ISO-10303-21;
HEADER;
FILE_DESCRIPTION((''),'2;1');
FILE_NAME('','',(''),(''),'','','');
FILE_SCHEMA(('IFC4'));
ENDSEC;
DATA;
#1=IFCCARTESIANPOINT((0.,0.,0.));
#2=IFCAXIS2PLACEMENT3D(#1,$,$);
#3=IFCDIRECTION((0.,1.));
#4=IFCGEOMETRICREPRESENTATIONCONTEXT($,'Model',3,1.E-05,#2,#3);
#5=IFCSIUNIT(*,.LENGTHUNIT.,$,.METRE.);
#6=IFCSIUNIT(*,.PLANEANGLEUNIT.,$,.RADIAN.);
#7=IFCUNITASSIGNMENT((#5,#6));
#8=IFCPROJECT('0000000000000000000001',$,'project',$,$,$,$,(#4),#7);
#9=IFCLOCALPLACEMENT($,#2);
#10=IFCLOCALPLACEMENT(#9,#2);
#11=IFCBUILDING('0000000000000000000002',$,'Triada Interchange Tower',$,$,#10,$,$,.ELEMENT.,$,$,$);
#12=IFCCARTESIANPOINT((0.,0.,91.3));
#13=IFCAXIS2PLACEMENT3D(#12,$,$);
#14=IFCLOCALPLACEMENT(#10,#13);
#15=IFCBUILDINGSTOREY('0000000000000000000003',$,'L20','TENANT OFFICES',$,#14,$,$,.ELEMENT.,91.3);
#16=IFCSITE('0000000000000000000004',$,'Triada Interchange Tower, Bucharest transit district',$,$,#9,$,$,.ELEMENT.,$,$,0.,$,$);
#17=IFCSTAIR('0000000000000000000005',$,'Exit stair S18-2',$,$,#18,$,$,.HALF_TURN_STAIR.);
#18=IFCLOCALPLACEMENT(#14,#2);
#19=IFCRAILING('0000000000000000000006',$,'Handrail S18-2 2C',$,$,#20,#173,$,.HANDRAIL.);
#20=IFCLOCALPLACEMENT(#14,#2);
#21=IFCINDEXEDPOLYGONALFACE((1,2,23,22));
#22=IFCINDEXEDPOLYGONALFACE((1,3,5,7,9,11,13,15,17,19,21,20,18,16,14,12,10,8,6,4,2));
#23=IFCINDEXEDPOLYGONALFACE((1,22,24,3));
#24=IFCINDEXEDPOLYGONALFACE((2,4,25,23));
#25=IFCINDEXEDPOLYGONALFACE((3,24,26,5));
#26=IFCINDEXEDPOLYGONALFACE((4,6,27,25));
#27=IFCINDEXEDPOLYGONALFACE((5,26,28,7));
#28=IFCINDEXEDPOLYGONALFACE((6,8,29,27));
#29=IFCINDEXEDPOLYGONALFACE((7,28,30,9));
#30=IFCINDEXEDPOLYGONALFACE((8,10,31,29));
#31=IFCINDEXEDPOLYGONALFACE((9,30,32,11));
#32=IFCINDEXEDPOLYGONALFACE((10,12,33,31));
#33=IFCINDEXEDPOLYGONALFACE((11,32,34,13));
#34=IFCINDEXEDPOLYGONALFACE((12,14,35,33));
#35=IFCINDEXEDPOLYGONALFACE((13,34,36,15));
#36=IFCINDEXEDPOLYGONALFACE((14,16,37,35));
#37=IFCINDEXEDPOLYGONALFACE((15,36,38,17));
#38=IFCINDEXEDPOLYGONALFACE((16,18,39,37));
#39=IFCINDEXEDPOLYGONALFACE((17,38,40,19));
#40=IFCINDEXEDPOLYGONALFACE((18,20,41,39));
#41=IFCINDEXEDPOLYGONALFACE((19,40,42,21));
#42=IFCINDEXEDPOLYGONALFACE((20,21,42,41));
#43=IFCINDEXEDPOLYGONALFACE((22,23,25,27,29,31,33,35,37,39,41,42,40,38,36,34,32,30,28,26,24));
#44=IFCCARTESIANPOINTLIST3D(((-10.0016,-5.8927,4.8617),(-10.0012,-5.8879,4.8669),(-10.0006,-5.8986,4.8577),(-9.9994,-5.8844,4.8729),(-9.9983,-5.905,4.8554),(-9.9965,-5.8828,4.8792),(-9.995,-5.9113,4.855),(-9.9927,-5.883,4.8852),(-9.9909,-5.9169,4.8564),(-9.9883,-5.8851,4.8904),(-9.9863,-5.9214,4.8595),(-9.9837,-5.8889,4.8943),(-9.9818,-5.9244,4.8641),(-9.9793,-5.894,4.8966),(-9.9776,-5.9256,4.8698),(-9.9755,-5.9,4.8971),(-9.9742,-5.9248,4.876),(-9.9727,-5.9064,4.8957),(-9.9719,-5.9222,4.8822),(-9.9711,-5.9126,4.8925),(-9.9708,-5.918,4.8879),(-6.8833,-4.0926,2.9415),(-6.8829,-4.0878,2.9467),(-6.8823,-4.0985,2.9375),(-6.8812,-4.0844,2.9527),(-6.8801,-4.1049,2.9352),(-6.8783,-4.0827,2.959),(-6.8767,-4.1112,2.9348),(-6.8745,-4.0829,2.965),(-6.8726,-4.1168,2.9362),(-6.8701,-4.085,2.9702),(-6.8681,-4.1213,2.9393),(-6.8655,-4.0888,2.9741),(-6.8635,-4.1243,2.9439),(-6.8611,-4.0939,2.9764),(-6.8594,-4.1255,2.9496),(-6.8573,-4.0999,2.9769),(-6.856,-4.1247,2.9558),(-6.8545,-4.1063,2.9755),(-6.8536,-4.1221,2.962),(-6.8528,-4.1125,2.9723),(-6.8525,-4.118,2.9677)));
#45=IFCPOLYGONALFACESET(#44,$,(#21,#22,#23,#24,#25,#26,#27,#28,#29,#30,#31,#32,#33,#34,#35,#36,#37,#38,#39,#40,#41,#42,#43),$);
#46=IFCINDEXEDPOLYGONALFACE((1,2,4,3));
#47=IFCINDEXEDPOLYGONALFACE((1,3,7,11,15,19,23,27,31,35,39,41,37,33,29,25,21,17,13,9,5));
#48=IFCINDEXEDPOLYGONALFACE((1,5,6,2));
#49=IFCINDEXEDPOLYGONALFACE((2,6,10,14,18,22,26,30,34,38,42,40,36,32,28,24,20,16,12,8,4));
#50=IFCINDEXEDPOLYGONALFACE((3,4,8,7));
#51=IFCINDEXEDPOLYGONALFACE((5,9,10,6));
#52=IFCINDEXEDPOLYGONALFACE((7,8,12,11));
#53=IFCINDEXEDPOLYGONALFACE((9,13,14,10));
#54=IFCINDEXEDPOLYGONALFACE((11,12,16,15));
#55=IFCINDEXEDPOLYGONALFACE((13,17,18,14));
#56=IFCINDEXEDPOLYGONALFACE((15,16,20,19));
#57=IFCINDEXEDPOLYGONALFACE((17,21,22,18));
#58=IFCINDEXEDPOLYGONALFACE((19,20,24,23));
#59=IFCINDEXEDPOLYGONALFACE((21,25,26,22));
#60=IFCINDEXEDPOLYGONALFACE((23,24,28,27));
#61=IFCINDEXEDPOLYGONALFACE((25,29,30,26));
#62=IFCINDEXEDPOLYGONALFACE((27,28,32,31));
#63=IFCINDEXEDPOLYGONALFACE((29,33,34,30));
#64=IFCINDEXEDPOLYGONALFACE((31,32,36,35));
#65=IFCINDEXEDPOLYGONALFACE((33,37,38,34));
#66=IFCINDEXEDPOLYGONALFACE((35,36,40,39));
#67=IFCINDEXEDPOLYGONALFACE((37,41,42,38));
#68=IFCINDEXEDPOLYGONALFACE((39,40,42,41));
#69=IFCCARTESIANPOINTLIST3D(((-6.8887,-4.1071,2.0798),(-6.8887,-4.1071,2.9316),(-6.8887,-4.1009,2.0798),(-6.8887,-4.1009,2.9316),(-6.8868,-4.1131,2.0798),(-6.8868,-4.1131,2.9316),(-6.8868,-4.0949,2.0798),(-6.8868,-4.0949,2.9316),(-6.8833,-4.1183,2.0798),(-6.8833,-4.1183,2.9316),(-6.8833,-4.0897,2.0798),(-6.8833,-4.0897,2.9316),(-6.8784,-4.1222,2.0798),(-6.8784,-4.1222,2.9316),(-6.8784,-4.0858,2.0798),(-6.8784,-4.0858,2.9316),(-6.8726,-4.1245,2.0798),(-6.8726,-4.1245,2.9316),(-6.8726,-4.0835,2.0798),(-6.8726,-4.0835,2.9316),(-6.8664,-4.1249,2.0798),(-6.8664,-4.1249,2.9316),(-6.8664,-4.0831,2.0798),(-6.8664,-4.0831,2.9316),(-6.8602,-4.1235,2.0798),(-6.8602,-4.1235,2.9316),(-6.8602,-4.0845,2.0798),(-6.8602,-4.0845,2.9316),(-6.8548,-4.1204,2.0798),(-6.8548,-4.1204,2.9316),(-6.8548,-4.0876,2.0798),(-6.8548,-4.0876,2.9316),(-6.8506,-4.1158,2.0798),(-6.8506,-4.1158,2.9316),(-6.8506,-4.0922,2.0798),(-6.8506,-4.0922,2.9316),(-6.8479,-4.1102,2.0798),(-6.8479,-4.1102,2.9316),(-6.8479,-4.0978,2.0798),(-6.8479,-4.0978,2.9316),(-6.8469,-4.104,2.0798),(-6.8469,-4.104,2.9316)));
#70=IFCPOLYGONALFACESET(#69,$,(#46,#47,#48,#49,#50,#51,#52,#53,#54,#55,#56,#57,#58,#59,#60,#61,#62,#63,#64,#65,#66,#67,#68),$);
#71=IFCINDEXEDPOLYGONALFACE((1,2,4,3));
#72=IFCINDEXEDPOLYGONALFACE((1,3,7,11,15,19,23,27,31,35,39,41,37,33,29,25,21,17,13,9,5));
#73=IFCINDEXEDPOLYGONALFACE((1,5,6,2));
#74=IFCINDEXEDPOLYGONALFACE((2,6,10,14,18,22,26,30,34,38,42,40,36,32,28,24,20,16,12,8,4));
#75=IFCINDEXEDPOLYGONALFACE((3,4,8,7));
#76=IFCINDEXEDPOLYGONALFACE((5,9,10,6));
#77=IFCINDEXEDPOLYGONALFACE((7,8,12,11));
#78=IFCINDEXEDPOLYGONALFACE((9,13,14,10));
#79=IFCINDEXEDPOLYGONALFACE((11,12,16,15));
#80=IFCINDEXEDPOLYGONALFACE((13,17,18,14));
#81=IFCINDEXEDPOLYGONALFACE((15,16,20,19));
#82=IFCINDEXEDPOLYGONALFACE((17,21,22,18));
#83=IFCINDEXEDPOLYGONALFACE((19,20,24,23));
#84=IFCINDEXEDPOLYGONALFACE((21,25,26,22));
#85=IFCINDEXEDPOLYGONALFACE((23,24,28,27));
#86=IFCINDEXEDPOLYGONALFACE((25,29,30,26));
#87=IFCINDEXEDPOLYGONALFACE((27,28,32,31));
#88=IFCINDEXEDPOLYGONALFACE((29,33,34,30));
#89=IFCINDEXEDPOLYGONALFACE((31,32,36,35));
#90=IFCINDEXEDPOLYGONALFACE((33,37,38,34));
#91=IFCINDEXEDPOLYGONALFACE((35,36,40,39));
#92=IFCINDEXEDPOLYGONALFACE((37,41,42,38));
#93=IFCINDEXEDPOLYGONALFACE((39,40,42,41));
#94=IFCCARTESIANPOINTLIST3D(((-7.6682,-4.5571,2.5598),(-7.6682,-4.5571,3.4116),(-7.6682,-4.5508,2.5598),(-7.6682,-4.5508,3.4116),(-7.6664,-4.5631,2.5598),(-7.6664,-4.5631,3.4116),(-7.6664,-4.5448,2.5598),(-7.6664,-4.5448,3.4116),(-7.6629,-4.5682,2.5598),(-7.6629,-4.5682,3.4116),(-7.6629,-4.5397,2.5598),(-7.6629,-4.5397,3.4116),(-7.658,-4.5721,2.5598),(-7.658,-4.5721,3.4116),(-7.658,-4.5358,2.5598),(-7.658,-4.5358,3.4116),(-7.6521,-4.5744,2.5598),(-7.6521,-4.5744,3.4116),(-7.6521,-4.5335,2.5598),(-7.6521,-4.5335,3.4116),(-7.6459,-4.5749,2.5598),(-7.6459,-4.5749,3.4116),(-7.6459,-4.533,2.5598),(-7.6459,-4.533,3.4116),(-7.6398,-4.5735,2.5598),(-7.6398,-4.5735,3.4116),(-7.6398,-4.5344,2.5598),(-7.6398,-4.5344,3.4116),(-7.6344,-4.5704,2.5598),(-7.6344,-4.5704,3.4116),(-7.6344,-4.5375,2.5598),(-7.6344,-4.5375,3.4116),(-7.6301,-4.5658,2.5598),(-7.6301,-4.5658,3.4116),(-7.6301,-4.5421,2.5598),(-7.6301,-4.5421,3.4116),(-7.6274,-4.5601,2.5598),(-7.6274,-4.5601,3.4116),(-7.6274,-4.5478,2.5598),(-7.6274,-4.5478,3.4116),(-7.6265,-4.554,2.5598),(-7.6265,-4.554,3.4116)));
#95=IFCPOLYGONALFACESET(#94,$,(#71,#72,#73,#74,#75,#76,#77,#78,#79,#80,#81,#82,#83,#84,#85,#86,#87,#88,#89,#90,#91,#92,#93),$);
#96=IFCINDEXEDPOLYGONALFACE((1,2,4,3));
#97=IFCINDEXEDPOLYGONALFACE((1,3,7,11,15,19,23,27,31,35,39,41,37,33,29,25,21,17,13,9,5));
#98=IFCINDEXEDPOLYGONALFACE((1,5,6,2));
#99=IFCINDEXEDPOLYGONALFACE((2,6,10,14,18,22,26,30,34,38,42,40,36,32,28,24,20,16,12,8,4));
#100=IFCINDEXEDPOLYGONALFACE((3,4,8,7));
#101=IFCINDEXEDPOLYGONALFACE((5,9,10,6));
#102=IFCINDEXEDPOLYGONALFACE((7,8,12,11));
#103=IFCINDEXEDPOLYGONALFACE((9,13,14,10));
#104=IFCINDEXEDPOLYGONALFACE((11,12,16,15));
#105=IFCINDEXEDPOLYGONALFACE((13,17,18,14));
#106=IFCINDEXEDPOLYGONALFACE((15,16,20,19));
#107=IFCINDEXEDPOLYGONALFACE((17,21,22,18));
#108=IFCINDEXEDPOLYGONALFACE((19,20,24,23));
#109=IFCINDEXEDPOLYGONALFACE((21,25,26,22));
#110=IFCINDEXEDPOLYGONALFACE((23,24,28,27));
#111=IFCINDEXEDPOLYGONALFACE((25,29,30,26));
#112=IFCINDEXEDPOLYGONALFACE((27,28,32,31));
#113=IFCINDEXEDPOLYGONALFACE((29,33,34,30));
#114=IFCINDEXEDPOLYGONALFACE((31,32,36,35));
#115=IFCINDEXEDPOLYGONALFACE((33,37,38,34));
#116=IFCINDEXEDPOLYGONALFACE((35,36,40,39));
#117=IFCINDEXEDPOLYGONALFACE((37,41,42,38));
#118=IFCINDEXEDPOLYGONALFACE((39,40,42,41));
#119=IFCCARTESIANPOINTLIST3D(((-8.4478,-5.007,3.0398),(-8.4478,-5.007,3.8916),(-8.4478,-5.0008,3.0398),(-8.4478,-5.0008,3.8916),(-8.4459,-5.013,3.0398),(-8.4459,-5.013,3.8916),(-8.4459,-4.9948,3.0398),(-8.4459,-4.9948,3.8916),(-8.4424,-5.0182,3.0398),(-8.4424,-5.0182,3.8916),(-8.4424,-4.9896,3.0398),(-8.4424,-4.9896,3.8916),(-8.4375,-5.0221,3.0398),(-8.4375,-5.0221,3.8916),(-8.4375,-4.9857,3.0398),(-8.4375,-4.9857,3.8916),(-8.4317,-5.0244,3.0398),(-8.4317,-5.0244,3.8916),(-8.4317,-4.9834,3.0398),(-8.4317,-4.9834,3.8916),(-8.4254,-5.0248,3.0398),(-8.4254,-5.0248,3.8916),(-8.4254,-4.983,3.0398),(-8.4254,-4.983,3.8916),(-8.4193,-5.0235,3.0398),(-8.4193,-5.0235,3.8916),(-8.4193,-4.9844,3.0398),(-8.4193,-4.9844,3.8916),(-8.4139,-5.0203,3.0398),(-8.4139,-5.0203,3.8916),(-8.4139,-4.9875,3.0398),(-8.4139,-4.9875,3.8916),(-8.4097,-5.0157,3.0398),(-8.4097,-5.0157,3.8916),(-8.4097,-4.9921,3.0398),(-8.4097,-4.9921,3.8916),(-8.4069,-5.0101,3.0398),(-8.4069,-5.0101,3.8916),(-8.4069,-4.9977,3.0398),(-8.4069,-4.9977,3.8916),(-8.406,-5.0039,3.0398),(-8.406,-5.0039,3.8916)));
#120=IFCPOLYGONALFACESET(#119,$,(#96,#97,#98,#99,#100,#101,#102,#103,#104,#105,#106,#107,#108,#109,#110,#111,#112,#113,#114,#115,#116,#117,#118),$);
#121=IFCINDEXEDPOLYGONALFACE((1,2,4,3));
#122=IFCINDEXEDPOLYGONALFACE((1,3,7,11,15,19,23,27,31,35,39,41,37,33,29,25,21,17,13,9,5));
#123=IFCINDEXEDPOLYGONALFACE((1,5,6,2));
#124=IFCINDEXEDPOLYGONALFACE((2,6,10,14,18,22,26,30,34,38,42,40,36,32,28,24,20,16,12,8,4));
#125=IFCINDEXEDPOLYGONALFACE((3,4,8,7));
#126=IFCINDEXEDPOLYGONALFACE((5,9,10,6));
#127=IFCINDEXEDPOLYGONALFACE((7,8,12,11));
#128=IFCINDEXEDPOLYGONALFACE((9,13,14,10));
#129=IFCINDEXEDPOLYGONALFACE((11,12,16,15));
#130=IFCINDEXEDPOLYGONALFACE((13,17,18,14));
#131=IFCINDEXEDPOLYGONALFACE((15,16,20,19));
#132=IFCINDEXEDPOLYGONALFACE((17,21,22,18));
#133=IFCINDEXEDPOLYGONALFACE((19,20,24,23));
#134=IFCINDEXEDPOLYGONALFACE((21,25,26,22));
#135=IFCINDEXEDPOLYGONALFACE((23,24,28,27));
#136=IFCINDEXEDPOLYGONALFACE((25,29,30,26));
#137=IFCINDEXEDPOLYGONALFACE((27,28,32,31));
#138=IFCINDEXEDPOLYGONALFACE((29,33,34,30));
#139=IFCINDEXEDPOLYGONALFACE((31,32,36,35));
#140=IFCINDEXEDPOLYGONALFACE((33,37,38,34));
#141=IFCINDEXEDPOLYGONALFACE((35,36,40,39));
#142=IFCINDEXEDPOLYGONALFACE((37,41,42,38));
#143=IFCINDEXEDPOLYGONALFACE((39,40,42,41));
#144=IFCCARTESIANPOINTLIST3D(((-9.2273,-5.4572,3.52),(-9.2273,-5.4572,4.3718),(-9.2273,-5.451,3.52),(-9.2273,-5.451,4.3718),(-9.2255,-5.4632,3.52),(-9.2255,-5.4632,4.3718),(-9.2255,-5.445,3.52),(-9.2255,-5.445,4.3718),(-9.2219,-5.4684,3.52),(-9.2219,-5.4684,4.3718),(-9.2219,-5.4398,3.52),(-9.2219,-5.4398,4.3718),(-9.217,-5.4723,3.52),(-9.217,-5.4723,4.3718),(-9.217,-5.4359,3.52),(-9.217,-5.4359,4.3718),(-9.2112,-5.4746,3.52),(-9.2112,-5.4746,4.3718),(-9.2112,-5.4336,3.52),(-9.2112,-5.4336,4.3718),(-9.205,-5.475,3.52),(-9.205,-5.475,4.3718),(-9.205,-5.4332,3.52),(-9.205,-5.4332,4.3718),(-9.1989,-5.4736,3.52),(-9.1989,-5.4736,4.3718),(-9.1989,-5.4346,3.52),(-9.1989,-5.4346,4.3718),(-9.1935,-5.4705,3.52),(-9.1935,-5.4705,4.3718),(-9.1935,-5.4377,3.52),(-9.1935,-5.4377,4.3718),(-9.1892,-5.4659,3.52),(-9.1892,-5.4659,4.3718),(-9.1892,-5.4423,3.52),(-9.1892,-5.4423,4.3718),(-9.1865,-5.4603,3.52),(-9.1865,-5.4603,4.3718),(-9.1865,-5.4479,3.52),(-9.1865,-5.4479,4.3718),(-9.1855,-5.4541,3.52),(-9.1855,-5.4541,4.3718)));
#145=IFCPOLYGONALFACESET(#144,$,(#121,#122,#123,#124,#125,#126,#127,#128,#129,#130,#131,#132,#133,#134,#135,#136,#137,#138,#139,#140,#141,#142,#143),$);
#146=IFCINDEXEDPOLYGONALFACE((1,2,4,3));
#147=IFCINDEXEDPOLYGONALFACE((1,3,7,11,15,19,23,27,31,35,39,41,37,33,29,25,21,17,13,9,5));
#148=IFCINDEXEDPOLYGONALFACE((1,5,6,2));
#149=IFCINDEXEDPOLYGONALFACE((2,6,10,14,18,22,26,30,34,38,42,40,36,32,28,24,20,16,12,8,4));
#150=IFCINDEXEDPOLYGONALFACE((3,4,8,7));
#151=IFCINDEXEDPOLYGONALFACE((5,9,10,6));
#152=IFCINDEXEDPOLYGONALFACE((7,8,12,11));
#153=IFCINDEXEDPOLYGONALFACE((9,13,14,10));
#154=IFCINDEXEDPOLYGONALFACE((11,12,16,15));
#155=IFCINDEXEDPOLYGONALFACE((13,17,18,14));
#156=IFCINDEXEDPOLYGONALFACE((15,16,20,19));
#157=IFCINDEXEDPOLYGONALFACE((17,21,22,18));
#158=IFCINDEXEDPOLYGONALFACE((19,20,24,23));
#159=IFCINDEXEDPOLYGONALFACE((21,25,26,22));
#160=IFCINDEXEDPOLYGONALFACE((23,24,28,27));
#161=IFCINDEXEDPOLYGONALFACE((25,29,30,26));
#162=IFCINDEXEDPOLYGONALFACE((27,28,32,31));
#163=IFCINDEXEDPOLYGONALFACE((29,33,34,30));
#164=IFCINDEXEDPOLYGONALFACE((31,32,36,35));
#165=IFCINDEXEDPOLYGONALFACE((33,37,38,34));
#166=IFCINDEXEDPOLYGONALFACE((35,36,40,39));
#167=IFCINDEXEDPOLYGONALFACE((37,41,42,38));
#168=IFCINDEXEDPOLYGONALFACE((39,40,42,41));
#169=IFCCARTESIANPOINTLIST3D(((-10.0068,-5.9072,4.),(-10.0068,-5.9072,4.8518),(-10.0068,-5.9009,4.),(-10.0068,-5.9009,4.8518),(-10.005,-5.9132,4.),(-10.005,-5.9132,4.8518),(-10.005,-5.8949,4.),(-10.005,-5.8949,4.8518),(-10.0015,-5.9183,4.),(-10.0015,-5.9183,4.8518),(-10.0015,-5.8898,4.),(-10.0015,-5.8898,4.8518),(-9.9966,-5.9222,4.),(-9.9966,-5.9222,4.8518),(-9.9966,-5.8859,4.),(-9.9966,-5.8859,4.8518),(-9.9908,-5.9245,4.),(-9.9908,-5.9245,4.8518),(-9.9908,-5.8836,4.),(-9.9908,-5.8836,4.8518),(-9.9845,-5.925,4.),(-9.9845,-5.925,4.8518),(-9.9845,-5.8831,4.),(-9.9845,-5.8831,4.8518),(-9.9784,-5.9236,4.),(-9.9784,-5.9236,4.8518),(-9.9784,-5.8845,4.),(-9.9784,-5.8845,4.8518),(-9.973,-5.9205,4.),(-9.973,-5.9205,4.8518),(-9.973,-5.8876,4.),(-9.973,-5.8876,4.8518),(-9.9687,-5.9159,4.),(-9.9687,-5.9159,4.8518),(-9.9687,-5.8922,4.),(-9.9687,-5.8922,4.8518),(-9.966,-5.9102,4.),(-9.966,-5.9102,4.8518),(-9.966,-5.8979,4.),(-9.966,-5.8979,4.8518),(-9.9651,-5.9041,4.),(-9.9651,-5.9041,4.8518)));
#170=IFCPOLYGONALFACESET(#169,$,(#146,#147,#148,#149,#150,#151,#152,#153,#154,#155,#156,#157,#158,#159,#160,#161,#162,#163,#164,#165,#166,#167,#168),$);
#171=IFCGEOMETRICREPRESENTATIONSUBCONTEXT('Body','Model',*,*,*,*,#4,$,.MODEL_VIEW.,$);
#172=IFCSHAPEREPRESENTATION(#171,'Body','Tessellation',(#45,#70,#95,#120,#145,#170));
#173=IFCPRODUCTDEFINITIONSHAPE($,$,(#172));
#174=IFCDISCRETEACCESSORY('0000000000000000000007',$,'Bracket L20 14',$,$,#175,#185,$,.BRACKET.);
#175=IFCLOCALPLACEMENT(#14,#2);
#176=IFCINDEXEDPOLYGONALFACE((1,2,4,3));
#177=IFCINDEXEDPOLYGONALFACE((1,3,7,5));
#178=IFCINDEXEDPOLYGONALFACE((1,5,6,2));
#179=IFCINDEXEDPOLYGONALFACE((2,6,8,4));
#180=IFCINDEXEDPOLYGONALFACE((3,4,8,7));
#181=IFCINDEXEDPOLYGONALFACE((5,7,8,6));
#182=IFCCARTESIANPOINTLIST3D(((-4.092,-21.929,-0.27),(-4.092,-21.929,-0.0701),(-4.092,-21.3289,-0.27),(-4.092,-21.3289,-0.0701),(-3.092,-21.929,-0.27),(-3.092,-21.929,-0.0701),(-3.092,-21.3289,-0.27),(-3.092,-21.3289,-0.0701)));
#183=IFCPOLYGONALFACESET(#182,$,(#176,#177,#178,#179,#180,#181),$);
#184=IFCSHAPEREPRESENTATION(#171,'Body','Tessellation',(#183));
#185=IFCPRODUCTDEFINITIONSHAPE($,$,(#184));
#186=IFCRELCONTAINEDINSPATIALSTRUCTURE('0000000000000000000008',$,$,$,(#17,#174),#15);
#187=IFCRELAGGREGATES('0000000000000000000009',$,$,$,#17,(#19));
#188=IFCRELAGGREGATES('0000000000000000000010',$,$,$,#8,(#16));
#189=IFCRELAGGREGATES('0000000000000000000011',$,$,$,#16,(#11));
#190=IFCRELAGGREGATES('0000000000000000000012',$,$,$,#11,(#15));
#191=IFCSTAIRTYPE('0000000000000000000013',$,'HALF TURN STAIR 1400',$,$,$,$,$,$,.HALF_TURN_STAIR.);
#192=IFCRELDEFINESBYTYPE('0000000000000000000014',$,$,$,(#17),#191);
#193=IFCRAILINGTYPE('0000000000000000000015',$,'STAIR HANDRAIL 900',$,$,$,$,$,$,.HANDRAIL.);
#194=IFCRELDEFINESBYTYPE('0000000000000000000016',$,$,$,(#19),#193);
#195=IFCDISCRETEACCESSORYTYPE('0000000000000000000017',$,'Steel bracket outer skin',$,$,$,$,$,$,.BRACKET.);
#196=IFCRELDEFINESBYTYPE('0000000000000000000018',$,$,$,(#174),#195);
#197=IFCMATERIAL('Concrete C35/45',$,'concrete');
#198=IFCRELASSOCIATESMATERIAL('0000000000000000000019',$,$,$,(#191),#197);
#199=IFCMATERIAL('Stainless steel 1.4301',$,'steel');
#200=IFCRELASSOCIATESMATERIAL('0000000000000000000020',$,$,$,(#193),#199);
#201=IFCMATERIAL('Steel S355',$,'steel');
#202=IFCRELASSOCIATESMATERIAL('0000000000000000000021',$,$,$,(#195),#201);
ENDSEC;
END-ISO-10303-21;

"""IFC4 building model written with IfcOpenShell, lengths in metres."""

from ifc_helpers import new_model, si_unit, direction, frame, origin, origin_2d, place, context, subcontext, project, spatial, rectangle, circle, extrude, material, type_object, element, aggregate, save


model = new_model("IFC4")

# Units and contexts
model_context = context("Model", 3, precision=1e-05, world=origin(), true_north=direction((0.0, 1.0)))
body_context = subcontext(model_context, "Body", "Model", "MODEL_VIEW")
ifc_project = project(units=[si_unit("LENGTHUNIT", "METRE"), si_unit("PLANEANGLEUNIT", "RADIAN")], contexts=[model_context])

# Site, building, storey
site_placement = place(None, origin())
site = spatial("IfcSite", under=ifc_project, at=site_placement, Name="Triada Interchange Tower, Bucharest transit district", CompositionType="ELEMENT", RefElevation=0.0)
building_placement = place(site_placement, origin())
building = spatial("IfcBuilding", under=site, at=building_placement, Name="Triada Interchange Tower", CompositionType="ELEMENT")
storey_placement = place(building_placement, frame((0.0, 0.0, 91.3)))
storey = spatial("IfcBuildingStorey", under=building, at=storey_placement, Name="L20", Description="TENANT OFFICES", CompositionType="ELEMENT", Elevation=91.3)

# Stair
ifc_material_1 = material(Name="Concrete C35/45", Category="concrete")
stair_type = type_object("IfcStairType", Name="HALF TURN STAIR 1400", PredefinedType="HALF_TURN_STAIR", material=ifc_material_1)
stair_placement = place(storey_placement, origin())
stair = element("IfcStair", 1, at=stair_placement, inside=storey, type_object=stair_type, Name="Exit stair S18-2", PredefinedType="HALF_TURN_STAIR")

# Railing
ifc_material_2 = material(Name="Stainless steel 1.4301", Category="steel")
railing_type = type_object("IfcRailingType", Name="STAIR HANDRAIL 900", PredefinedType="HANDRAIL", material=ifc_material_2)
railing_1_placement = place(storey_placement, frame((-6.8679, -4.104, 2.0798)))
railing_1 = element("IfcRailing", 2, at=railing_1_placement, type_object=railing_type, Name="Handrail S18-2 2C", PredefinedType="HANDRAIL", context=body_context, shape_type="SweptSolid", body=[
    extrude(circle(Radius=0.0239, at=origin_2d()), frame((0.0, 0.0, 0.876), z_axis=(-0.76417, -0.441139, 0.470576), x_axis=(0.499953, -0.866052, 0.0)), (0.0, 0.0, 1.0), 4.0806),
    extrude(circle(Radius=0.021, at=origin_2d()), origin(), (0.0, 0.0, 1.0), 0.8518),
    extrude(circle(Radius=0.021, at=origin_2d()), frame((-0.7795, -0.45, 0.48)), (0.0, 0.0, 1.0), 0.8518),
    extrude(circle(Radius=0.021, at=origin_2d()), frame((-1.5591, -0.8999, 0.96)), (0.0, 0.0, 1.0), 0.8518),
    extrude(circle(Radius=0.021, at=origin_2d()), frame((-2.3386, -1.3501, 1.4402)), (0.0, 0.0, 1.0), 0.8518),
    extrude(circle(Radius=0.021, at=origin_2d()), frame((-3.1182, -1.8, 1.9202)), (0.0, 0.0, 1.0), 0.8518),
])
aggregate(stair, [railing_1])

# Discrete accessory
ifc_material_3 = material(Name="Steel S355", Category="steel")
discrete_accessory_type = type_object("IfcDiscreteAccessoryType", Name="Steel bracket outer skin", PredefinedType="BRACKET", material=ifc_material_3)
discrete_accessory_placement = place(storey_placement, frame((-3.592, -21.6289, -0.27), z_axis=(0.0, 0.0, 1.0), x_axis=(0.0, -1.0, 0.0)))
element("IfcDiscreteAccessory", 3, at=discrete_accessory_placement, inside=storey, type_object=discrete_accessory_type, Name="Bracket L20 14", PredefinedType="BRACKET", context=body_context, shape_type="SweptSolid", body=[
    extrude(rectangle(XDim=0.6001, YDim=1.0, at=origin_2d()), origin(), (0.0, 0.0, 1.0), 0.2),
])

save(model, "model.ifc")
